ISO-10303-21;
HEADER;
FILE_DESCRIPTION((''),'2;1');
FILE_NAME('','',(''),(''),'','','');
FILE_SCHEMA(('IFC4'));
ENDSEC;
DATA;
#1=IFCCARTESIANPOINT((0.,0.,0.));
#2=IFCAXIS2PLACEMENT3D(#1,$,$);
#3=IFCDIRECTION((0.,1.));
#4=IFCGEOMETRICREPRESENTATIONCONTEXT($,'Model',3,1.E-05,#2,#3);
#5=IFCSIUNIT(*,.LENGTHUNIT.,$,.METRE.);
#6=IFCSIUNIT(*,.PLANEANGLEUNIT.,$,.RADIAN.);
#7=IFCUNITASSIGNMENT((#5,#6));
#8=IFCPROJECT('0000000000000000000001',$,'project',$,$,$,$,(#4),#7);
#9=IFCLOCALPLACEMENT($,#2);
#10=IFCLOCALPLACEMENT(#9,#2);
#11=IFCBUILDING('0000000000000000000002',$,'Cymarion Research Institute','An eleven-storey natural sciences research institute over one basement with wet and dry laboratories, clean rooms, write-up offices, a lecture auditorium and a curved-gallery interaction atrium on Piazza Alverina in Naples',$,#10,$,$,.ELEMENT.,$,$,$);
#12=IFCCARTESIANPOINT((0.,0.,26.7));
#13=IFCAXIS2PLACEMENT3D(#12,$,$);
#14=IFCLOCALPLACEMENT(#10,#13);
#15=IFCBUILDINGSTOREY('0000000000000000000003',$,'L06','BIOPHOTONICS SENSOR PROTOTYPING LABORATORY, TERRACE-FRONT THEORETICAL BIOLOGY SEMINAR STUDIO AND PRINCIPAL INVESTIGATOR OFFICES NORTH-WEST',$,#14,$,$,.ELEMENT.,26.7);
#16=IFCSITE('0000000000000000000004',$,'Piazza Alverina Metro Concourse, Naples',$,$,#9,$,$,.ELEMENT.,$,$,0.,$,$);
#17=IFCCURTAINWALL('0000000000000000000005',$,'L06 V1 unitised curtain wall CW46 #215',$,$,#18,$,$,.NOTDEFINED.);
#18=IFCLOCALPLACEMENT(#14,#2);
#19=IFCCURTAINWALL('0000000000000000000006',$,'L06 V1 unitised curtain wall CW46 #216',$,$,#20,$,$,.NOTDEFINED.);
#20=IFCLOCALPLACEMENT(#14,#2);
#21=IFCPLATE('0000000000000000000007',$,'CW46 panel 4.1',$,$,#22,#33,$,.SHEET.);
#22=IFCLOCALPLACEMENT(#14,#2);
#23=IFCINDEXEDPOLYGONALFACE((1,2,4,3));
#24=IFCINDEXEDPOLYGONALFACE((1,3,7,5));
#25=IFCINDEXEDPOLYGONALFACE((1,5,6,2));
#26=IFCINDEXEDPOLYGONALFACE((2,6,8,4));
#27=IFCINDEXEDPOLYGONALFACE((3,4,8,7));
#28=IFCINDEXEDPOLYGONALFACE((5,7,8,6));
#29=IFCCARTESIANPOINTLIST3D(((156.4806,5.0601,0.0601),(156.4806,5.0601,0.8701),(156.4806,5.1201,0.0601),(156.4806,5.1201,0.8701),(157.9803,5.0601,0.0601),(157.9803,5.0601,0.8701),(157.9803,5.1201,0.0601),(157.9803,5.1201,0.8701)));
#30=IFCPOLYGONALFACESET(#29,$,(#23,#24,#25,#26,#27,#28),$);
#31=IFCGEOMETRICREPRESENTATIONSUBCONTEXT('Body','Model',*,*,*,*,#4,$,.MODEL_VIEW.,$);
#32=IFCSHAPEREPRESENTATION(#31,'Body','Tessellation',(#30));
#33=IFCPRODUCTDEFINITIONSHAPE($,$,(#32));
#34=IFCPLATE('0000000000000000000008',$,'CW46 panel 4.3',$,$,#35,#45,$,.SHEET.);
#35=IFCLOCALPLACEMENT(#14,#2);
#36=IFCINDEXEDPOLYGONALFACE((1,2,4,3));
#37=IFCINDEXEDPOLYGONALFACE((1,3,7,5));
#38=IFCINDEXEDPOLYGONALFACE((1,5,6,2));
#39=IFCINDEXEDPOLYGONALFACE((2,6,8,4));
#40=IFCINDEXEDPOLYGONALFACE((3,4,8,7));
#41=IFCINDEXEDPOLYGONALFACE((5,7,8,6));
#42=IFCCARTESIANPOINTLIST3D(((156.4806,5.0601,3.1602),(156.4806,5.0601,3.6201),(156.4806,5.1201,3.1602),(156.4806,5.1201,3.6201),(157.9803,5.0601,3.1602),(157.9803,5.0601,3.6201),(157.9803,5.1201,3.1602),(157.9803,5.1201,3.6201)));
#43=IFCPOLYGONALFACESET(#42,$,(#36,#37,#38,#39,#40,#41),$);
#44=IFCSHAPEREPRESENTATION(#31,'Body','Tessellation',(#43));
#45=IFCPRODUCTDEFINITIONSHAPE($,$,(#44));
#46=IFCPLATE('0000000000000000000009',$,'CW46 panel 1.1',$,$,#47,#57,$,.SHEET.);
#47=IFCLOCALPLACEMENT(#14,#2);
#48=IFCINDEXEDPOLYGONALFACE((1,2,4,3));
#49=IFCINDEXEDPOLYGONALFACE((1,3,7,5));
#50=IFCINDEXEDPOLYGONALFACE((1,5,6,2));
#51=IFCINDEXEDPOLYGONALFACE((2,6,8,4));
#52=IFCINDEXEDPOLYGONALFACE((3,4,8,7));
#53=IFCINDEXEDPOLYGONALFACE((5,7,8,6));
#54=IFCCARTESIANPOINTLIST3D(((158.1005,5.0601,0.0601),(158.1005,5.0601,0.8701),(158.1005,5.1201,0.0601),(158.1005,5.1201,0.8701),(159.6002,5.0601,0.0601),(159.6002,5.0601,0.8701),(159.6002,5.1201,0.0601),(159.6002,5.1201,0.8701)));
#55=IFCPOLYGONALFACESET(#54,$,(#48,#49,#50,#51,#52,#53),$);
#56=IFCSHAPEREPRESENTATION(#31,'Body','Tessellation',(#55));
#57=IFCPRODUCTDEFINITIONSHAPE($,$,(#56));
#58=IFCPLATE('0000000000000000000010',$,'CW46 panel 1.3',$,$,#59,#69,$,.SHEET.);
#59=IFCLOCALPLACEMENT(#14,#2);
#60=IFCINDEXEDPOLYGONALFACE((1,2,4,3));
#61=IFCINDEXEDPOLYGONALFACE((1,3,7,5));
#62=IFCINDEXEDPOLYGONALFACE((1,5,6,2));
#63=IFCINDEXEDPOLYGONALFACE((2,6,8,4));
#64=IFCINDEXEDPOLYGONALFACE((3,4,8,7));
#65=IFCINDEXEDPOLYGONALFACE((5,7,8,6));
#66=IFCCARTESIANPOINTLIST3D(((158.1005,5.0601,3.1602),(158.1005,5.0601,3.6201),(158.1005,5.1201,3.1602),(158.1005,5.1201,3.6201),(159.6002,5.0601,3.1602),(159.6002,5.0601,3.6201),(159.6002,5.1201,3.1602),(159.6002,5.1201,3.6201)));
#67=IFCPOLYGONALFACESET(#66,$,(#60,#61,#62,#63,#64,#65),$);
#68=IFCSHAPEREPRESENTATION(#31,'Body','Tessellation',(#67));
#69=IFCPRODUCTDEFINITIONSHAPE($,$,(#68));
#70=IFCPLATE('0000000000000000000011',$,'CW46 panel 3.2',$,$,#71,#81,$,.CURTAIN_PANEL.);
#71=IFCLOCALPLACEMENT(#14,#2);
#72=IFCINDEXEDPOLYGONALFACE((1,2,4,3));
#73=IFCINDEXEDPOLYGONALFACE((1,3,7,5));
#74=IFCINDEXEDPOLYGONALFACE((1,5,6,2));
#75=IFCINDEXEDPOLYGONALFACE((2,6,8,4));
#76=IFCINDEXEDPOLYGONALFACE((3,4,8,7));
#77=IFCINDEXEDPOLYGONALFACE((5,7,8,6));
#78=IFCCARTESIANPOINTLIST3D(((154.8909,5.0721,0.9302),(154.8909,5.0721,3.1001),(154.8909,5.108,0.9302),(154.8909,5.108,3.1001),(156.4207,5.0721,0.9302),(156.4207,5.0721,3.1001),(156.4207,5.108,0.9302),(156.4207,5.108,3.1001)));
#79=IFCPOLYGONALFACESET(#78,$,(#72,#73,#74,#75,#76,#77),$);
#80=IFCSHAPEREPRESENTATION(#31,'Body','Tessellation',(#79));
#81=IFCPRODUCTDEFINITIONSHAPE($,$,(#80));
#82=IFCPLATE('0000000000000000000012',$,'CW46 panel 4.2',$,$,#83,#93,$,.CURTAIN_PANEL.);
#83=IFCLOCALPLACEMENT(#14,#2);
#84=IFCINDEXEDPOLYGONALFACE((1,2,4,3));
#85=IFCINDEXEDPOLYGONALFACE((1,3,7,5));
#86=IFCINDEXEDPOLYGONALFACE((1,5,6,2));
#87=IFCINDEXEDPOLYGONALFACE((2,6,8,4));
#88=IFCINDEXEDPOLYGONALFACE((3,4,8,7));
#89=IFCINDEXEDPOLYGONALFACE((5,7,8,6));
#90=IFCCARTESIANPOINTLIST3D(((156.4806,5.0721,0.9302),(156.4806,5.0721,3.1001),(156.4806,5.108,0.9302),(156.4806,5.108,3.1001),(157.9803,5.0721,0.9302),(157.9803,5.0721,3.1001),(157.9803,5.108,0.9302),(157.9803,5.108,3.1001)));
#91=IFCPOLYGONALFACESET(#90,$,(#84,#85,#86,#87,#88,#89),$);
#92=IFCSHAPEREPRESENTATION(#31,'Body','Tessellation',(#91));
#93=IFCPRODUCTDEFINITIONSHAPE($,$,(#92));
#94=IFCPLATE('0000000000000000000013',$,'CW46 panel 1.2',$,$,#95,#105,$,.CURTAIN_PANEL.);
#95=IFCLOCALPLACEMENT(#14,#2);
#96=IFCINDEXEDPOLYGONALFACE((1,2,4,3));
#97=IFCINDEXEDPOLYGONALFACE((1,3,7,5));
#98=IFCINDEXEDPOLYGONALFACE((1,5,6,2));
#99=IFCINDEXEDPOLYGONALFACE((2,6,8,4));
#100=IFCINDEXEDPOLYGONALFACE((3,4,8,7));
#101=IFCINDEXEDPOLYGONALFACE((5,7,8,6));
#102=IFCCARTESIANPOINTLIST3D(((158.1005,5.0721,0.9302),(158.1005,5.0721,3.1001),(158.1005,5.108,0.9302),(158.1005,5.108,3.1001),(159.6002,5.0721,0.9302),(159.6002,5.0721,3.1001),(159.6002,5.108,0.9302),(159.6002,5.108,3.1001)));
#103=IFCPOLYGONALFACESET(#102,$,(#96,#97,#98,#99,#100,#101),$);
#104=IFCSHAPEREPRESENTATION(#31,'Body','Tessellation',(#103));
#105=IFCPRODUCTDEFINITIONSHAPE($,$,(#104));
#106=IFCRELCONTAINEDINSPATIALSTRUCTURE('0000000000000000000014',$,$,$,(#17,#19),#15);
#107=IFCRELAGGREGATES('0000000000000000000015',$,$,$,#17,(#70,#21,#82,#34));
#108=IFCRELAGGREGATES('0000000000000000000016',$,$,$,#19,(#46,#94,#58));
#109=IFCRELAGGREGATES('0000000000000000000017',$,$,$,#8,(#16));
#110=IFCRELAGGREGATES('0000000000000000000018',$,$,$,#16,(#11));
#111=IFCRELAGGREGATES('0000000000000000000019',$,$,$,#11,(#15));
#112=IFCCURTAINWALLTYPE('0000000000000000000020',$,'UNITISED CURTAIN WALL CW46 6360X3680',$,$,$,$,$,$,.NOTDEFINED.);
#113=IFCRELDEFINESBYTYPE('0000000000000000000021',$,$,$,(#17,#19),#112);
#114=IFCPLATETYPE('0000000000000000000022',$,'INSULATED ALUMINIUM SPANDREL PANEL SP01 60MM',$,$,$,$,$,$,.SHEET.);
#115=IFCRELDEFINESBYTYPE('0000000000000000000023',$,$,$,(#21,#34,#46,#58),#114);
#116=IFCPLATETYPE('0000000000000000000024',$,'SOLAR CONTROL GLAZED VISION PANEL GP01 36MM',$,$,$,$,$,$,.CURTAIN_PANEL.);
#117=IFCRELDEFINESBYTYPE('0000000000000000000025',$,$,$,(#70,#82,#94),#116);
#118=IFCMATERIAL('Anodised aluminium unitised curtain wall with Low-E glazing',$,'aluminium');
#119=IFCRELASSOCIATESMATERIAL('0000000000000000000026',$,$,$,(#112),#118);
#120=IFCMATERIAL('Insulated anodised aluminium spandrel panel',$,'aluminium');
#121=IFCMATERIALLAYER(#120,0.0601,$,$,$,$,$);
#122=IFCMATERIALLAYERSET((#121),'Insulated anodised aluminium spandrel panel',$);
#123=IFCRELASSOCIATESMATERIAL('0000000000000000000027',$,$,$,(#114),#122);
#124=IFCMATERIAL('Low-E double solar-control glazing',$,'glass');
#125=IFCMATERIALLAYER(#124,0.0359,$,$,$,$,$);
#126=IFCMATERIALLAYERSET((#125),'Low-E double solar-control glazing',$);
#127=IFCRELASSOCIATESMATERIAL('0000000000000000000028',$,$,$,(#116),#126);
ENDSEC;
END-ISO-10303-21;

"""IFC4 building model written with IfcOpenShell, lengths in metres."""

from ifc_helpers import new_model, si_unit, direction, frame, origin, origin_2d, place, context, subcontext, project, spatial, rectangle, extrude, material, layer, layer_set, type_object, element, aggregate, save


model = new_model("IFC4")

# Units and contexts
model_context = context("Model", 3, precision=1e-05, world=origin(), true_north=direction((0.0, 1.0)))
body_context = subcontext(model_context, "Body", "Model", "MODEL_VIEW")
ifc_project = project(units=[si_unit("LENGTHUNIT", "METRE"), si_unit("PLANEANGLEUNIT", "RADIAN")], contexts=[model_context])

# Site, building, storey
site_placement = place(None, origin())
site = spatial("IfcSite", under=ifc_project, at=site_placement, Name="Piazza Alverina Metro Concourse, Naples", CompositionType="ELEMENT", RefElevation=0.0)
building_placement = place(site_placement, origin())
building = spatial("IfcBuilding", under=site, at=building_placement, Name="Cymarion Research Institute", Description="An eleven-storey natural sciences research institute over one basement with wet and dry laboratories, clean rooms, write-up offices, a lecture auditorium and a curved-gallery interaction atrium on Piazza Alverina in Naples", CompositionType="ELEMENT")
storey_placement = place(building_placement, frame((0.0, 0.0, 26.7)))
storey = spatial("IfcBuildingStorey", under=building, at=storey_placement, Name="L06", Description="BIOPHOTONICS SENSOR PROTOTYPING LABORATORY, TERRACE-FRONT THEORETICAL BIOLOGY SEMINAR STUDIO AND PRINCIPAL INVESTIGATOR OFFICES NORTH-WEST", CompositionType="ELEMENT", Elevation=26.7)

# Curtain walls
ifc_material_1 = material(Name="Anodised aluminium unitised curtain wall with Low-E glazing", Category="aluminium")
curtain_wall_type = type_object("IfcCurtainWallType", Name="UNITISED CURTAIN WALL CW46 6360X3680", PredefinedType="NOTDEFINED", material=ifc_material_1)
curtain_wall_1_placement = place(storey_placement, origin())
curtain_wall_1 = element("IfcCurtainWall", 1, at=curtain_wall_1_placement, inside=storey, type_object=curtain_wall_type, Name="L06 V1 unitised curtain wall CW46 #215", PredefinedType="NOTDEFINED")
curtain_wall_2_placement = place(storey_placement, origin())
curtain_wall_2 = element("IfcCurtainWall", 2, at=curtain_wall_2_placement, inside=storey, type_object=curtain_wall_type, Name="L06 V1 unitised curtain wall CW46 #216", PredefinedType="NOTDEFINED")

# Plates
ifc_material_2 = material(Name="Insulated anodised aluminium spandrel panel", Category="aluminium")
ifc_layer_1 = layer(ifc_material_2, 0.0601)
ifc_layer_set_1 = layer_set([ifc_layer_1], Name="Insulated anodised aluminium spandrel panel")
plate_type_1 = type_object("IfcPlateType", Name="INSULATED ALUMINIUM SPANDREL PANEL SP01 60MM", PredefinedType="SHEET", material=ifc_layer_set_1)
plate_1_placement = place(storey_placement, frame((157.2305, 5.0901, 0.0601), z_axis=(0.0, 0.0, 1.0), x_axis=(1.0, 0.0, 0.0)))
plate_1 = element("IfcPlate", 3, at=plate_1_placement, type_object=plate_type_1, Name="CW46 panel 4.1", PredefinedType="SHEET", context=body_context, shape_type="SweptSolid", body=[
    extrude(rectangle(XDim=1.4998, YDim=0.0601, at=origin_2d()), origin(), (0.0, 0.0, 1.0), 0.8101),
])
plate_2_placement = place(storey_placement, frame((157.2305, 5.0901, 3.1602), z_axis=(0.0, 0.0, 1.0), x_axis=(1.0, 0.0, 0.0)))
plate_2 = element("IfcPlate", 4, at=plate_2_placement, type_object=plate_type_1, Name="CW46 panel 4.3", PredefinedType="SHEET", context=body_context, shape_type="SweptSolid", body=[
    extrude(rectangle(XDim=1.4998, YDim=0.0601, at=origin_2d()), origin(), (0.0, 0.0, 1.0), 0.46),
])
plate_3_placement = place(storey_placement, frame((158.8503, 5.0901, 0.0601), z_axis=(0.0, 0.0, 1.0), x_axis=(1.0, 0.0, 0.0)))
plate_3 = element("IfcPlate", 5, at=plate_3_placement, type_object=plate_type_1, Name="CW46 panel 1.1", PredefinedType="SHEET", context=body_context, shape_type="SweptSolid", body=[
    extrude(rectangle(XDim=1.4998, YDim=0.0601, at=origin_2d()), origin(), (0.0, 0.0, 1.0), 0.8101),
])
plate_4_placement = place(storey_placement, frame((158.8503, 5.0901, 3.1602), z_axis=(0.0, 0.0, 1.0), x_axis=(1.0, 0.0, 0.0)))
plate_4 = element("IfcPlate", 6, at=plate_4_placement, type_object=plate_type_1, Name="CW46 panel 1.3", PredefinedType="SHEET", context=body_context, shape_type="SweptSolid", body=[
    extrude(rectangle(XDim=1.4998, YDim=0.0601, at=origin_2d()), origin(), (0.0, 0.0, 1.0), 0.46),
])
ifc_material_3 = material(Name="Low-E double solar-control glazing", Category="glass")
ifc_layer_2 = layer(ifc_material_3, 0.0359)
ifc_layer_set_2 = layer_set([ifc_layer_2], Name="Low-E double solar-control glazing")
plate_type_2 = type_object("IfcPlateType", Name="SOLAR CONTROL GLAZED VISION PANEL GP01 36MM", PredefinedType="CURTAIN_PANEL", material=ifc_layer_set_2)
plate_5_placement = place(storey_placement, frame((155.6558, 5.0901, 0.9302), z_axis=(0.0, 0.0, 1.0), x_axis=(1.0, 0.0, 0.0)))
plate_5 = element("IfcPlate", 7, at=plate_5_placement, type_object=plate_type_2, Name="CW46 panel 3.2", PredefinedType="CURTAIN_PANEL", context=body_context, shape_type="SweptSolid", body=[
    extrude(rectangle(XDim=1.5298, YDim=0.0359, at=origin_2d()), origin(), (0.0, 0.0, 1.0), 2.1699),
])
plate_6_placement = place(storey_placement, frame((157.2305, 5.0901, 0.9302), z_axis=(0.0, 0.0, 1.0), x_axis=(1.0, 0.0, 0.0)))
plate_6 = element("IfcPlate", 8, at=plate_6_placement, type_object=plate_type_2, Name="CW46 panel 4.2", PredefinedType="CURTAIN_PANEL", context=body_context, shape_type="SweptSolid", body=[
    extrude(rectangle(XDim=1.4998, YDim=0.0359, at=origin_2d()), origin(), (0.0, 0.0, 1.0), 2.1699),
])
aggregate(curtain_wall_1, [plate_5, plate_1, plate_6, plate_2])
plate_7_placement = place(storey_placement, frame((158.8503, 5.0901, 0.9302), z_axis=(0.0, 0.0, 1.0), x_axis=(1.0, 0.0, 0.0)))
plate_7 = element("IfcPlate", 9, at=plate_7_placement, type_object=plate_type_2, Name="CW46 panel 1.2", PredefinedType="CURTAIN_PANEL", context=body_context, shape_type="SweptSolid", body=[
    extrude(rectangle(XDim=1.4998, YDim=0.0359, at=origin_2d()), origin(), (0.0, 0.0, 1.0), 2.1699),
])
aggregate(curtain_wall_2, [plate_3, plate_7, plate_4])

save(model, "model.ifc")
